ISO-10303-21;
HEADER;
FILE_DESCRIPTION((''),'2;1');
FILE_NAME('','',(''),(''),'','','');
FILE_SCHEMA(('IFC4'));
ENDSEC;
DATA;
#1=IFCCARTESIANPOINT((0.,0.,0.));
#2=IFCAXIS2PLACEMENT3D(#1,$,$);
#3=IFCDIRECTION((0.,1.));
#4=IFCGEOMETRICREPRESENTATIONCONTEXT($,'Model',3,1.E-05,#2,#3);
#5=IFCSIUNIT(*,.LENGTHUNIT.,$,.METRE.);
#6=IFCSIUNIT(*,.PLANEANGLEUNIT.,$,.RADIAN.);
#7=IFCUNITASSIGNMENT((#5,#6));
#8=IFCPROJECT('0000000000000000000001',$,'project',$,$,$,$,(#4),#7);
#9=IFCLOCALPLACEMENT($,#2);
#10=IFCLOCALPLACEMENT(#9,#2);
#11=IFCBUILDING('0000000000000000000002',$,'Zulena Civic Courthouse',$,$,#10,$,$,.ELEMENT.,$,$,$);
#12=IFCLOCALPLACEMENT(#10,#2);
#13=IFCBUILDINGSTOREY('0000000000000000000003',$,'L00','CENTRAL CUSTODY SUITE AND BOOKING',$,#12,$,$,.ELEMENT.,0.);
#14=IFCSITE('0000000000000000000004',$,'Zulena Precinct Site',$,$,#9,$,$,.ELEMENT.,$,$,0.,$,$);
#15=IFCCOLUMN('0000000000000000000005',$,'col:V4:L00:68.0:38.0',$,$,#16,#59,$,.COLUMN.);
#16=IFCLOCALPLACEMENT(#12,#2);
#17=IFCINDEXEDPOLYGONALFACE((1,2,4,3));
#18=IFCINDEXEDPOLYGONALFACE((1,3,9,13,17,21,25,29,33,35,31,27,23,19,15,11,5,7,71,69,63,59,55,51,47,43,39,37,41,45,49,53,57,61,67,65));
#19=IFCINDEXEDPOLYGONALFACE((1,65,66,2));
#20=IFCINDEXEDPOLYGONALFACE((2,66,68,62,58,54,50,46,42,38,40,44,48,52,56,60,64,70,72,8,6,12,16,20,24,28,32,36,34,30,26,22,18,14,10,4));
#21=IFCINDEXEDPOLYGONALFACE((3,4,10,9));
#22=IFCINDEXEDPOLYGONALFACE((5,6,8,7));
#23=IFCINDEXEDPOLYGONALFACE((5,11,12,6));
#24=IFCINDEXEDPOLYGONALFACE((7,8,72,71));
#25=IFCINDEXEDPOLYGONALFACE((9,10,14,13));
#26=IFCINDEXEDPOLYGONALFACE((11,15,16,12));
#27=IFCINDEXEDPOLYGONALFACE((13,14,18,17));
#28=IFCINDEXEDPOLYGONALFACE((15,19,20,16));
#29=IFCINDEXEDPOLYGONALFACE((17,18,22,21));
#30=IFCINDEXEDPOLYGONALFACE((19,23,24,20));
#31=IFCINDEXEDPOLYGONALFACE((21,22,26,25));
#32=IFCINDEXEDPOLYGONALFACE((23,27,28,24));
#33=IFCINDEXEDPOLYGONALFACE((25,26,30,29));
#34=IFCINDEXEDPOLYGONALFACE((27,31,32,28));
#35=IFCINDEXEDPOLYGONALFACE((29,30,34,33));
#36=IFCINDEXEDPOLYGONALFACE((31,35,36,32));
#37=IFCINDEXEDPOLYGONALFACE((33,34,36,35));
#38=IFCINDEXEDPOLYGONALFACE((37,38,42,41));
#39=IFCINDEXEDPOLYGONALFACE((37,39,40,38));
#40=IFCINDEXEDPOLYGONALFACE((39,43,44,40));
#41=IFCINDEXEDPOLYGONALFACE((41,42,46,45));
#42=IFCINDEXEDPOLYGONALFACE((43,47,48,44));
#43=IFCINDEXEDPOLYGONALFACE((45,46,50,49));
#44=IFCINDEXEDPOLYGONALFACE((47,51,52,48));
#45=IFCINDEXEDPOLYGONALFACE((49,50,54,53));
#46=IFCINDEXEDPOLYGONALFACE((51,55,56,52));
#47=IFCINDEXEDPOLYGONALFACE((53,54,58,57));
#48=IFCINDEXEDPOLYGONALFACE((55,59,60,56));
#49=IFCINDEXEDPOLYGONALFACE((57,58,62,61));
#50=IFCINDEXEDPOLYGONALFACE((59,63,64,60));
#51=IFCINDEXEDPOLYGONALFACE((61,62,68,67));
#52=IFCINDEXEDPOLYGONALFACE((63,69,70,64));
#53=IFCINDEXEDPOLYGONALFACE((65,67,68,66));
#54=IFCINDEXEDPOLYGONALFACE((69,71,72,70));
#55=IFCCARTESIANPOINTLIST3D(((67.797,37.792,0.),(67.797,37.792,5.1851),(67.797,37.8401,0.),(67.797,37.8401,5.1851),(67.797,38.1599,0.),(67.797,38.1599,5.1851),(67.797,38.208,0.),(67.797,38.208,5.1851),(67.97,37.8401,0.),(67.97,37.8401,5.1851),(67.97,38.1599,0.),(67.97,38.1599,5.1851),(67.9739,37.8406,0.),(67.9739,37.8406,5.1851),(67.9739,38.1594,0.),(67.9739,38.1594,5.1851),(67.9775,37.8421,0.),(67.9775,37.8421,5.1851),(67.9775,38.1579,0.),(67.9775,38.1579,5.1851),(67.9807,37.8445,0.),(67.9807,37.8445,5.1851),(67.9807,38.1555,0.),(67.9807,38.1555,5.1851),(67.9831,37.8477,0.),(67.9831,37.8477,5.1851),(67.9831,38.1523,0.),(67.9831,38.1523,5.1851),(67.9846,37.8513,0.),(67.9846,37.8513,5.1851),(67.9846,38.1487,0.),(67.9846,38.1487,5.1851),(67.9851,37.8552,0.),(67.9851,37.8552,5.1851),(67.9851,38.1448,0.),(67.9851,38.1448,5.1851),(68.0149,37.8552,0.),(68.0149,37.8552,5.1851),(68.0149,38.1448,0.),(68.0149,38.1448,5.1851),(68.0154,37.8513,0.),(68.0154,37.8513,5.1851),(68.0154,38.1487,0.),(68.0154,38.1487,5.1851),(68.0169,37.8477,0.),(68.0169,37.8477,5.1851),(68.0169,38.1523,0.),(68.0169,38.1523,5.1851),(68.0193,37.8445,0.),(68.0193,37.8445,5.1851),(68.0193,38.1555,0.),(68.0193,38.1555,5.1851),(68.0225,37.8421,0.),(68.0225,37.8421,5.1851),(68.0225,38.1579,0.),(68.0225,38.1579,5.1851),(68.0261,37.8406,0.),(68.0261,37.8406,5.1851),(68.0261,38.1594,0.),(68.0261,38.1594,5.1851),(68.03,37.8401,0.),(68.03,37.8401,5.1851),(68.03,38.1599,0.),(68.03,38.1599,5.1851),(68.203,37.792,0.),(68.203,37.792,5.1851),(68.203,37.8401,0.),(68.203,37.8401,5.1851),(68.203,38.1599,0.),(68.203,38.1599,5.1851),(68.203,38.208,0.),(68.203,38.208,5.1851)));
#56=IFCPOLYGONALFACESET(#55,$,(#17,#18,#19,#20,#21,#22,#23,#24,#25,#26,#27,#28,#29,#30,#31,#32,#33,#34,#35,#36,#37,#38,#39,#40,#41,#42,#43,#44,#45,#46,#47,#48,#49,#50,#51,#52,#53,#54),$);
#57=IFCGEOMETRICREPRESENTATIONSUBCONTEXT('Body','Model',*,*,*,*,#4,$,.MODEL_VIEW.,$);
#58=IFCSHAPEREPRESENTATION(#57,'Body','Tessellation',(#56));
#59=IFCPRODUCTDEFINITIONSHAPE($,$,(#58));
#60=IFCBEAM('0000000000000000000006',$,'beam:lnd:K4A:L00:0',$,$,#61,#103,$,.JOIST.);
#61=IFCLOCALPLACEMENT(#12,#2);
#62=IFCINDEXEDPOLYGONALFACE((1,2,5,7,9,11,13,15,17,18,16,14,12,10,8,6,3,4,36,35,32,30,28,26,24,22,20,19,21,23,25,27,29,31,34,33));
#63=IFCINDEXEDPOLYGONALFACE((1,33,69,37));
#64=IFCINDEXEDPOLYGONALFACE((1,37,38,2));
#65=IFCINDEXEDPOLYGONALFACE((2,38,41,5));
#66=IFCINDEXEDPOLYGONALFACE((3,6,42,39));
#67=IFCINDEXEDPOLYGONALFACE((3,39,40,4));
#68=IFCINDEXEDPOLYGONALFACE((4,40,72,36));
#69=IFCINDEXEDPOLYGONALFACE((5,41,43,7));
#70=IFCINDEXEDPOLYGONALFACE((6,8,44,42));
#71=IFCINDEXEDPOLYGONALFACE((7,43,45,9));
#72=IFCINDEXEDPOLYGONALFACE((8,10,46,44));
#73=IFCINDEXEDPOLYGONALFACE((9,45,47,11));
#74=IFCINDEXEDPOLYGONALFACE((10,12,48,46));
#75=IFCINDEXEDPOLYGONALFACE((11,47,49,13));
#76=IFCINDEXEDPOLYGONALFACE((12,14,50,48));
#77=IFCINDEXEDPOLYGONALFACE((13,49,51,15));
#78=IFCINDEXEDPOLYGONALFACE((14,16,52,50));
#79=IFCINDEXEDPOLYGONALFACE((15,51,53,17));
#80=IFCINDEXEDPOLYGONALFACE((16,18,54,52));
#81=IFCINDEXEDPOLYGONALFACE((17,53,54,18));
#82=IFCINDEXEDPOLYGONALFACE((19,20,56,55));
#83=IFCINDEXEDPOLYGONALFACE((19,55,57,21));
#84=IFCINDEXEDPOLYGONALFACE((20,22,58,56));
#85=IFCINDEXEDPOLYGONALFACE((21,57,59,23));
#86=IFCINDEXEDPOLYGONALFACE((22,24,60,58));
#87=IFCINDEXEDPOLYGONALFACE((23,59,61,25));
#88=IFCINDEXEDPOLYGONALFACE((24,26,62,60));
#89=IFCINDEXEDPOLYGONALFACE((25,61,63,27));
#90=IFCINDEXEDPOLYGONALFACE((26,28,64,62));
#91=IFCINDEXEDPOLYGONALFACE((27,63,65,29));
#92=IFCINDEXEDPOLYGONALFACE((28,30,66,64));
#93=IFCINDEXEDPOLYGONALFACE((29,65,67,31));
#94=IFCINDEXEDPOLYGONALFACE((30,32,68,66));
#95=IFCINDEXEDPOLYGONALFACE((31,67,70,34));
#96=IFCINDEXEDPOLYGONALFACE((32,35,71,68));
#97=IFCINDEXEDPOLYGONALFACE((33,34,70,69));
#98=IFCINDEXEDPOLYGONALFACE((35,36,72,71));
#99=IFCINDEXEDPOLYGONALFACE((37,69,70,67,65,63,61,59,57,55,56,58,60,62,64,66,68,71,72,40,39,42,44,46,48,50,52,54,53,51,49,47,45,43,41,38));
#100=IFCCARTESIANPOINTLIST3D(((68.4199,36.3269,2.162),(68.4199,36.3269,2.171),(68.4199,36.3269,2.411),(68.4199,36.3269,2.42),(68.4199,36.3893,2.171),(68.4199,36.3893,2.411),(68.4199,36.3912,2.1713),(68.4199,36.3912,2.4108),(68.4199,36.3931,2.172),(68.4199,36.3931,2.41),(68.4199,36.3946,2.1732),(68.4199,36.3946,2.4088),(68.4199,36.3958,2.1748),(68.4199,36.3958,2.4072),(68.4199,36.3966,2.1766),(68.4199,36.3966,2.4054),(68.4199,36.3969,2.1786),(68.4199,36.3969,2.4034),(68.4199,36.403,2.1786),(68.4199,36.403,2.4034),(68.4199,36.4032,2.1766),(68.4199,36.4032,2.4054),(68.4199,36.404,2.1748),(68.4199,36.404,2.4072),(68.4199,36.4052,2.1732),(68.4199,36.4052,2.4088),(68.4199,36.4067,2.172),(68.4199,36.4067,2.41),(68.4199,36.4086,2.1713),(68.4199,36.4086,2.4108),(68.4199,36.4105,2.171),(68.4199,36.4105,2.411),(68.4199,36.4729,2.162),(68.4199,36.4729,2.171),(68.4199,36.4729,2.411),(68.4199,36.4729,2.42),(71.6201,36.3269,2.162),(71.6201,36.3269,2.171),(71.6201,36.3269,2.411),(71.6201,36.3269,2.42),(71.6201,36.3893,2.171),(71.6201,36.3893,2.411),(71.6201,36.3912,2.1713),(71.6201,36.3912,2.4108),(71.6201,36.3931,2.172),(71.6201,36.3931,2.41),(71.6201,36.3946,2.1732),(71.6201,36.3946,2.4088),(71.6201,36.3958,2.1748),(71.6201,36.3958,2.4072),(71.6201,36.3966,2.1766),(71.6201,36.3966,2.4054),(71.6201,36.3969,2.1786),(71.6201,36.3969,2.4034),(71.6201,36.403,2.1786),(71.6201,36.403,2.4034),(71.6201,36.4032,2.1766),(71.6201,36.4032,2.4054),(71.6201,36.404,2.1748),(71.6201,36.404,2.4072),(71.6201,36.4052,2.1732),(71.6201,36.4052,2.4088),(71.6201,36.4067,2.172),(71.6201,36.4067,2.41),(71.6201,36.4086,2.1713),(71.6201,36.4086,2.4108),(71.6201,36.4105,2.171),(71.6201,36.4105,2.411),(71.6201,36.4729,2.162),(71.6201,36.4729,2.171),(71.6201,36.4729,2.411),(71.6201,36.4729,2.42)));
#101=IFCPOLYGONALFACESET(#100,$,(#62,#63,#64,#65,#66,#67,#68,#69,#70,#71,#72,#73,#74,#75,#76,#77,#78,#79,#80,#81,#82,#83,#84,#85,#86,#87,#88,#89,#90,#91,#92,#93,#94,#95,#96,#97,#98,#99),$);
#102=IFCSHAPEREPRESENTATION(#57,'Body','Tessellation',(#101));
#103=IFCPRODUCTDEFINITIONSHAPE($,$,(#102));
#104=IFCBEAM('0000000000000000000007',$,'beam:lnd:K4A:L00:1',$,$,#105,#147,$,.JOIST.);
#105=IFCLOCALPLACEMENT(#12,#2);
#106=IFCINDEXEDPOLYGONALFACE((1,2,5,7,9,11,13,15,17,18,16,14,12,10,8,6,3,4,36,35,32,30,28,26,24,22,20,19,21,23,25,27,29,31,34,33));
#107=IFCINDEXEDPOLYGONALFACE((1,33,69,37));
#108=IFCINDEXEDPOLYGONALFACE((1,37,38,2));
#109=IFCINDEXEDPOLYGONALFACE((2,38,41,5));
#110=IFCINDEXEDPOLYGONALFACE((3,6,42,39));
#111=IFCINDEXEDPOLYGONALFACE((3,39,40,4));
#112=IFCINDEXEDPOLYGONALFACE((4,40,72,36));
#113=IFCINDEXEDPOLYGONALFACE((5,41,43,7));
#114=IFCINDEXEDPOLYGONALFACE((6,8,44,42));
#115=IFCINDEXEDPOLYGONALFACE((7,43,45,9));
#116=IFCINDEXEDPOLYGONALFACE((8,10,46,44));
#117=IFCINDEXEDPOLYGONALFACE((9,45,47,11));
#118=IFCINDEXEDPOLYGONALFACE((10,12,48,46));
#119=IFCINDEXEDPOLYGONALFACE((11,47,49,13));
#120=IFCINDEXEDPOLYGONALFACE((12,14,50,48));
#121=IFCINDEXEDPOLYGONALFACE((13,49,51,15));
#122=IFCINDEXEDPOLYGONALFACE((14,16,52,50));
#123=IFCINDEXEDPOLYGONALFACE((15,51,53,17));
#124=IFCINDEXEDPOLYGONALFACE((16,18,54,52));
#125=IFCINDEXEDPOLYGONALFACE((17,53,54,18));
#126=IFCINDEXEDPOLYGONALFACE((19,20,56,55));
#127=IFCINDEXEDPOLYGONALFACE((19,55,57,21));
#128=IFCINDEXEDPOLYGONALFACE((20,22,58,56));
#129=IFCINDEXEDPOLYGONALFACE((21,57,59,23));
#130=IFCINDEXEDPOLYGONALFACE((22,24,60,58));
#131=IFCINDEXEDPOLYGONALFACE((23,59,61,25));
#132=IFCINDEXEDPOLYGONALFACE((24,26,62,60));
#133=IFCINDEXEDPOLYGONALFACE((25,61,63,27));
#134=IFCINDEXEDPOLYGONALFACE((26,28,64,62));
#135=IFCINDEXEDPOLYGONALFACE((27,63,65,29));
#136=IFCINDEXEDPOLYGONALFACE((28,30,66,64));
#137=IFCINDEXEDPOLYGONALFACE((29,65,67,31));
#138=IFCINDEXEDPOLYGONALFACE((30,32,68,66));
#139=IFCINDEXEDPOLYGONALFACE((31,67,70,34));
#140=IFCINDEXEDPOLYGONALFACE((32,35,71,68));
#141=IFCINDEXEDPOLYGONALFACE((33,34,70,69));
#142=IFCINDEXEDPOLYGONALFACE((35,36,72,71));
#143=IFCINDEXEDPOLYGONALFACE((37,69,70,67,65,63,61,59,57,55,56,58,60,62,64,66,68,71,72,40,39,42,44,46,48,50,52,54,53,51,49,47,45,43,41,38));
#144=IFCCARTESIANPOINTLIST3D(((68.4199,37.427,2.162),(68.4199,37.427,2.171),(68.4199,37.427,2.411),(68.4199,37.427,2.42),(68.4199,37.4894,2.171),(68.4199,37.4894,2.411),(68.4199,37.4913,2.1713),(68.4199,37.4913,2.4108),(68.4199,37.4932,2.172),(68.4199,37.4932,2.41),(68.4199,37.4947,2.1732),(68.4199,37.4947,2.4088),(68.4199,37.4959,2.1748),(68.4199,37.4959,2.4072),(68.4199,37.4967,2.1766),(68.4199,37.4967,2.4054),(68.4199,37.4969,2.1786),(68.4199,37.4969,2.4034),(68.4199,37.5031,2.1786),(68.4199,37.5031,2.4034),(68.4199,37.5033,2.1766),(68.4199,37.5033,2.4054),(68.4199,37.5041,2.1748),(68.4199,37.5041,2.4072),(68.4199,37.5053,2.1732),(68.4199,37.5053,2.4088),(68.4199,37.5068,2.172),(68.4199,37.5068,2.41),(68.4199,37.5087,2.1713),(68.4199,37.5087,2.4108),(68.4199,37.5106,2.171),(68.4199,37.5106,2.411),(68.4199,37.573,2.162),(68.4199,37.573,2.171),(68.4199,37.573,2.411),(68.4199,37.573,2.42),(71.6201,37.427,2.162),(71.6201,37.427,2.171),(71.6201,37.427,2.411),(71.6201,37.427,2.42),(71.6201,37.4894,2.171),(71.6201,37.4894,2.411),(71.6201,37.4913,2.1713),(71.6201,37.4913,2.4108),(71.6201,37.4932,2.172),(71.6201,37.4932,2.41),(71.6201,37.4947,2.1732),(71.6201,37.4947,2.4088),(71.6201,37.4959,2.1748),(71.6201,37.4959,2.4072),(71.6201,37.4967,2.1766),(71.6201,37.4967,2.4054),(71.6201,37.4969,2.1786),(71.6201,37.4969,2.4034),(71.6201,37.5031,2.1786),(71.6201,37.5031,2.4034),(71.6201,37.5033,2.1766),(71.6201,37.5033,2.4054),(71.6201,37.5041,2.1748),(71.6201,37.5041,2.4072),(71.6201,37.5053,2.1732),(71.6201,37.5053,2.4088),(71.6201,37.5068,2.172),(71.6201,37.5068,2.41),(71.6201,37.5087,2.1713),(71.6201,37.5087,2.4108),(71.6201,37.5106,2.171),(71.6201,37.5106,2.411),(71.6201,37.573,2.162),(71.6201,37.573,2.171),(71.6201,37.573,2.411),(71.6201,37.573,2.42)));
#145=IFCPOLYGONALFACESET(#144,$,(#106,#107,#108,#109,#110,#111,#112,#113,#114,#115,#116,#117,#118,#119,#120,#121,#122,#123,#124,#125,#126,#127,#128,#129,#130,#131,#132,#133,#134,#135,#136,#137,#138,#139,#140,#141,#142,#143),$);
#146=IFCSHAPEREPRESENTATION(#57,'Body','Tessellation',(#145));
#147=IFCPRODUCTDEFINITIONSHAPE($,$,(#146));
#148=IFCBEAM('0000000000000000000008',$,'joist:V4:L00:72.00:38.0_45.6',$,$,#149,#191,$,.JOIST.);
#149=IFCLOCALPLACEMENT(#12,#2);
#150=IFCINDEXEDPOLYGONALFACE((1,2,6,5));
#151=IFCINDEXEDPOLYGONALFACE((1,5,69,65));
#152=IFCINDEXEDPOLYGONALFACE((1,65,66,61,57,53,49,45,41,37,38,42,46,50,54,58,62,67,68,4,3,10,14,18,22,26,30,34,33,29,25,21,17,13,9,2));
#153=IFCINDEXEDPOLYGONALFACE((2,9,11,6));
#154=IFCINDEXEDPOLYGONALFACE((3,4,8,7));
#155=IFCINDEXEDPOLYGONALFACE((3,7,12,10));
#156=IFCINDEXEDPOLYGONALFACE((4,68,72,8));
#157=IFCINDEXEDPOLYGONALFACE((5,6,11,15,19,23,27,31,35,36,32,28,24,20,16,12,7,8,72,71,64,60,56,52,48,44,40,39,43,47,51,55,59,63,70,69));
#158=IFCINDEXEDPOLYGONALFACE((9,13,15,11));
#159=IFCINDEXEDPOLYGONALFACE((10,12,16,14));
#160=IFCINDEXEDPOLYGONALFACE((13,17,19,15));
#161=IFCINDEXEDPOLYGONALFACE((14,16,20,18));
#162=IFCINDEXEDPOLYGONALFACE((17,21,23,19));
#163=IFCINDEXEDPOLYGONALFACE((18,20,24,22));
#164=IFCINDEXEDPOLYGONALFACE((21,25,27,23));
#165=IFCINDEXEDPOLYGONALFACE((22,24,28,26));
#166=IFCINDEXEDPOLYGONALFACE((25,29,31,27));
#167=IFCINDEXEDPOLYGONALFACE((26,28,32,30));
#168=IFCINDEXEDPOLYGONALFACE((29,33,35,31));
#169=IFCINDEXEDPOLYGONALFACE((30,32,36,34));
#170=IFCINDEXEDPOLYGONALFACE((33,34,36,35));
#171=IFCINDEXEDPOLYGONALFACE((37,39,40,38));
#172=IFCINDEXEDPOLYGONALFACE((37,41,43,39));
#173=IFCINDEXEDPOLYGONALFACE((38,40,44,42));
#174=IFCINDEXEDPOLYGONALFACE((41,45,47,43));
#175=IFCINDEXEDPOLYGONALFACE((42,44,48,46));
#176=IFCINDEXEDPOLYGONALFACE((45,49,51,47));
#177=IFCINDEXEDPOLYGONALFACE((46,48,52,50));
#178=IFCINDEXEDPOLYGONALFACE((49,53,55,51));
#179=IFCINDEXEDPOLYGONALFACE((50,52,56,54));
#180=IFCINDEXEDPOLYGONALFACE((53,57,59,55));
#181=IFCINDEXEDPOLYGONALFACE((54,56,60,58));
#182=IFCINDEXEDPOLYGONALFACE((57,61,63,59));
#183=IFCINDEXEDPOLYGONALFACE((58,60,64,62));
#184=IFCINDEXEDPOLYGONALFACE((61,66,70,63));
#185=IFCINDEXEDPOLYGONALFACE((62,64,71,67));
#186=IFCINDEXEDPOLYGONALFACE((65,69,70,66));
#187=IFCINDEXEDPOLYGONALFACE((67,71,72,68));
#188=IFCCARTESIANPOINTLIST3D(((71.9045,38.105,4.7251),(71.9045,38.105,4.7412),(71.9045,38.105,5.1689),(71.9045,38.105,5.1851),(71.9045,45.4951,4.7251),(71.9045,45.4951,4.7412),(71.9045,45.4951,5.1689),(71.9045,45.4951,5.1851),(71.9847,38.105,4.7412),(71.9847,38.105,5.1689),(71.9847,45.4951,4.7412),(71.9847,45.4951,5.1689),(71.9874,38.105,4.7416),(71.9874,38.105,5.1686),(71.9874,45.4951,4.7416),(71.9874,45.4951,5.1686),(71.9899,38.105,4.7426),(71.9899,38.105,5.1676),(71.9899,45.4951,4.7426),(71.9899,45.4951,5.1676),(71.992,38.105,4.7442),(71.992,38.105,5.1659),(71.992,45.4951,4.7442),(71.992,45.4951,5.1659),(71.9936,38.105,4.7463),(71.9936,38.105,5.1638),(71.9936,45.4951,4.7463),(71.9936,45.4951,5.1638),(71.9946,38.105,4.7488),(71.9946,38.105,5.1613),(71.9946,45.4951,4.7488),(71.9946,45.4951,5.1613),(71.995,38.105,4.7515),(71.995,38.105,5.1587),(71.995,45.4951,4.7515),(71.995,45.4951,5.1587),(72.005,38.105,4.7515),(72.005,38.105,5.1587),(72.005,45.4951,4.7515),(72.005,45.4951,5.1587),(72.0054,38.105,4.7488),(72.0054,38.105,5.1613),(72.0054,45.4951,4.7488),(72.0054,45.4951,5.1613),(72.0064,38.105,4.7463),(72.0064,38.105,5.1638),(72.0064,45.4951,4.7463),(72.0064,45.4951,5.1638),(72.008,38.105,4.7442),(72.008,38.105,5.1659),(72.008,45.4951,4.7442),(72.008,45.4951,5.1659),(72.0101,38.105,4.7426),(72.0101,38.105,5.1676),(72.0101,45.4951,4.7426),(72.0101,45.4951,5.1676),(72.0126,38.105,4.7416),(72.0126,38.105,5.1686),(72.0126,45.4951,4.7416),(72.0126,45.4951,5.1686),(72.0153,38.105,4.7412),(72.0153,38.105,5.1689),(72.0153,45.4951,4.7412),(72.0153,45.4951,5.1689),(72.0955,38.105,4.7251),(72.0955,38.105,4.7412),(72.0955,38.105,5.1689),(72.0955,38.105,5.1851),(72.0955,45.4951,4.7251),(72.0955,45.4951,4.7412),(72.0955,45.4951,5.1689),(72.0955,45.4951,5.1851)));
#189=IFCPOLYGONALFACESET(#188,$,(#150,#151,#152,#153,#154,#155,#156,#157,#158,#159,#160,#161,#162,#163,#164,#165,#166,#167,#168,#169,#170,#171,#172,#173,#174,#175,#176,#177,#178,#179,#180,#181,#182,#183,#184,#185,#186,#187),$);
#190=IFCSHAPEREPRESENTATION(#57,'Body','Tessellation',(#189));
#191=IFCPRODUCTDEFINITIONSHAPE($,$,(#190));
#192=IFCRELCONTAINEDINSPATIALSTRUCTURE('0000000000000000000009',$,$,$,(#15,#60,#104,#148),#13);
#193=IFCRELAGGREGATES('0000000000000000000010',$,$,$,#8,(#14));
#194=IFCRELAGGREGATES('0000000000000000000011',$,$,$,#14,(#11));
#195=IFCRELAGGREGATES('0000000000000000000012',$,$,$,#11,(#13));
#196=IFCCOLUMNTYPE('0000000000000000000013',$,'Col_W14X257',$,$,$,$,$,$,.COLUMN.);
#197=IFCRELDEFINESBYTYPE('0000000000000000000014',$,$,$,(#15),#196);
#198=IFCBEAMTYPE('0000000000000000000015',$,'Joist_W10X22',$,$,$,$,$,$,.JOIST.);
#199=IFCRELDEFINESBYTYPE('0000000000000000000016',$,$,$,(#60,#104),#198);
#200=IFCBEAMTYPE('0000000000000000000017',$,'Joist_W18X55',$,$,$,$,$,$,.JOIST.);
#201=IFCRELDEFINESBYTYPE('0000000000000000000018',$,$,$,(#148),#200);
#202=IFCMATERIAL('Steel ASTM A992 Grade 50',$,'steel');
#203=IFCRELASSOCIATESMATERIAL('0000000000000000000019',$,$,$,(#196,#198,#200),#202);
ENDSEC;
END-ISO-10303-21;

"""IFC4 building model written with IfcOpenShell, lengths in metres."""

from ifc_helpers import new_model, si_unit, direction, frame, origin, origin_2d, place, context, subcontext, project, spatial, i_section, extrude, material, material_profile, profile_set, type_object, element, save


model = new_model("IFC4")

# Units and contexts
model_context = context("Model", 3, precision=1e-05, world=origin(), true_north=direction((0.0, 1.0)))
body_context = subcontext(model_context, "Body", "Model", "MODEL_VIEW")
ifc_project = project(units=[si_unit("LENGTHUNIT", "METRE"), si_unit("PLANEANGLEUNIT", "RADIAN")], contexts=[model_context])

# Site, building, storey
site_placement = place(None, origin())
site = spatial("IfcSite", under=ifc_project, at=site_placement, Name="Zulena Precinct Site", CompositionType="ELEMENT", RefElevation=0.0)
building_placement = place(site_placement, origin())
building = spatial("IfcBuilding", under=site, at=building_placement, Name="Zulena Civic Courthouse", CompositionType="ELEMENT")
storey_placement = place(building_placement, origin())
storey = spatial("IfcBuildingStorey", under=building, at=storey_placement, Name="L00", Description="CENTRAL CUSTODY SUITE AND BOOKING", CompositionType="ELEMENT", Elevation=0.0)

# Column
ifc_material_1 = material(Name="Steel ASTM A992 Grade 50", Category="steel")
ifc_material_profile_1 = material_profile(ifc_material_1, i_section(OverallWidth=0.406, OverallDepth=0.416, WebThickness=0.0298, FlangeThickness=0.0481, FilletRadius=0.0151, at=origin_2d()), Name="W14X257")
ifc_profile_set_1 = profile_set([ifc_material_profile_1], Name="Steel ASTM A992 Grade 50")
column_type_1 = type_object("IfcColumnType", Name="Col_W14X257", PredefinedType="COLUMN", material=ifc_profile_set_1)
column_1_placement = place(storey_placement, frame((68.0, 38.0, 0.0), z_axis=(0.0, 0.0, 1.0), x_axis=(1.0, 0.0, 0.0)))
element("IfcColumn", 1, at=column_1_placement, inside=storey, type_object=column_type_1, Name="col:V4:L00:68.0:38.0", PredefinedType="COLUMN", context=body_context, shape_type="SweptSolid", body=[
    extrude(i_section(OverallWidth=0.406, OverallDepth=0.416, WebThickness=0.0298, FlangeThickness=0.0481, FilletRadius=0.0151, at=origin_2d()), origin(), (0.0, 0.0, 1.0), 5.1851),
])

# Beams
ifc_material_profile_2 = material_profile(ifc_material_1, i_section(OverallWidth=0.146, OverallDepth=0.2581, WebThickness=0.0061, FlangeThickness=0.009, FilletRadius=0.0076, at=origin_2d()), Name="W10X22")
ifc_profile_set_2 = profile_set([ifc_material_profile_2], Name="Steel ASTM A992 Grade 50")
beam_type_1 = type_object("IfcBeamType", Name="Joist_W10X22", PredefinedType="JOIST", material=ifc_profile_set_2)
for number, where, z_axis, x_axis, name in (
    (2, (68.4199, 36.3999, 2.291), (1.0, 0.0, 0.0), (0.0, 1.0, 0.0), "beam:lnd:K4A:L00:0"),
    (3, (68.4199, 37.5, 2.291), (1.0, 0.0, 0.0), (0.0, 1.0, 0.0), "beam:lnd:K4A:L00:1"),
):
    element("IfcBeam", number, at=place(storey_placement, frame(where, z_axis=z_axis, x_axis=x_axis)), inside=storey, type_object=beam_type_1, Name=name, PredefinedType="JOIST", context=body_context, shape_type="SweptSolid", body=[
        extrude(i_section(OverallWidth=0.146, OverallDepth=0.2581, WebThickness=0.0061, FlangeThickness=0.009, FilletRadius=0.0076, at=origin_2d()), origin(), (0.0, 0.0, 1.0), 3.2002),
    ])
ifc_material_profile_3 = material_profile(ifc_material_1, i_section(OverallWidth=0.1909, OverallDepth=0.46, WebThickness=0.01, FlangeThickness=0.0161, FilletRadius=0.0103, at=origin_2d()), Name="W18X55")
ifc_profile_set_3 = profile_set([ifc_material_profile_3], Name="Steel ASTM A992 Grade 50")
beam_type_2 = type_object("IfcBeamType", Name="Joist_W18X55", PredefinedType="JOIST", material=ifc_profile_set_3)
beam_1_placement = place(storey_placement, frame((72.0, 38.105, 4.9551), z_axis=(0.0, 1.0, 0.0), x_axis=(-1.0, 0.0, 0.0)))
element("IfcBeam", 4, at=beam_1_placement, inside=storey, type_object=beam_type_2, Name="joist:V4:L00:72.00:38.0_45.6", PredefinedType="JOIST", context=body_context, shape_type="SweptSolid", body=[
    extrude(i_section(OverallWidth=0.1909, OverallDepth=0.46, WebThickness=0.01, FlangeThickness=0.0161, FilletRadius=0.0103, at=origin_2d()), origin(), (0.0, 0.0, 1.0), 7.3901),
])

save(model, "model.ifc")
